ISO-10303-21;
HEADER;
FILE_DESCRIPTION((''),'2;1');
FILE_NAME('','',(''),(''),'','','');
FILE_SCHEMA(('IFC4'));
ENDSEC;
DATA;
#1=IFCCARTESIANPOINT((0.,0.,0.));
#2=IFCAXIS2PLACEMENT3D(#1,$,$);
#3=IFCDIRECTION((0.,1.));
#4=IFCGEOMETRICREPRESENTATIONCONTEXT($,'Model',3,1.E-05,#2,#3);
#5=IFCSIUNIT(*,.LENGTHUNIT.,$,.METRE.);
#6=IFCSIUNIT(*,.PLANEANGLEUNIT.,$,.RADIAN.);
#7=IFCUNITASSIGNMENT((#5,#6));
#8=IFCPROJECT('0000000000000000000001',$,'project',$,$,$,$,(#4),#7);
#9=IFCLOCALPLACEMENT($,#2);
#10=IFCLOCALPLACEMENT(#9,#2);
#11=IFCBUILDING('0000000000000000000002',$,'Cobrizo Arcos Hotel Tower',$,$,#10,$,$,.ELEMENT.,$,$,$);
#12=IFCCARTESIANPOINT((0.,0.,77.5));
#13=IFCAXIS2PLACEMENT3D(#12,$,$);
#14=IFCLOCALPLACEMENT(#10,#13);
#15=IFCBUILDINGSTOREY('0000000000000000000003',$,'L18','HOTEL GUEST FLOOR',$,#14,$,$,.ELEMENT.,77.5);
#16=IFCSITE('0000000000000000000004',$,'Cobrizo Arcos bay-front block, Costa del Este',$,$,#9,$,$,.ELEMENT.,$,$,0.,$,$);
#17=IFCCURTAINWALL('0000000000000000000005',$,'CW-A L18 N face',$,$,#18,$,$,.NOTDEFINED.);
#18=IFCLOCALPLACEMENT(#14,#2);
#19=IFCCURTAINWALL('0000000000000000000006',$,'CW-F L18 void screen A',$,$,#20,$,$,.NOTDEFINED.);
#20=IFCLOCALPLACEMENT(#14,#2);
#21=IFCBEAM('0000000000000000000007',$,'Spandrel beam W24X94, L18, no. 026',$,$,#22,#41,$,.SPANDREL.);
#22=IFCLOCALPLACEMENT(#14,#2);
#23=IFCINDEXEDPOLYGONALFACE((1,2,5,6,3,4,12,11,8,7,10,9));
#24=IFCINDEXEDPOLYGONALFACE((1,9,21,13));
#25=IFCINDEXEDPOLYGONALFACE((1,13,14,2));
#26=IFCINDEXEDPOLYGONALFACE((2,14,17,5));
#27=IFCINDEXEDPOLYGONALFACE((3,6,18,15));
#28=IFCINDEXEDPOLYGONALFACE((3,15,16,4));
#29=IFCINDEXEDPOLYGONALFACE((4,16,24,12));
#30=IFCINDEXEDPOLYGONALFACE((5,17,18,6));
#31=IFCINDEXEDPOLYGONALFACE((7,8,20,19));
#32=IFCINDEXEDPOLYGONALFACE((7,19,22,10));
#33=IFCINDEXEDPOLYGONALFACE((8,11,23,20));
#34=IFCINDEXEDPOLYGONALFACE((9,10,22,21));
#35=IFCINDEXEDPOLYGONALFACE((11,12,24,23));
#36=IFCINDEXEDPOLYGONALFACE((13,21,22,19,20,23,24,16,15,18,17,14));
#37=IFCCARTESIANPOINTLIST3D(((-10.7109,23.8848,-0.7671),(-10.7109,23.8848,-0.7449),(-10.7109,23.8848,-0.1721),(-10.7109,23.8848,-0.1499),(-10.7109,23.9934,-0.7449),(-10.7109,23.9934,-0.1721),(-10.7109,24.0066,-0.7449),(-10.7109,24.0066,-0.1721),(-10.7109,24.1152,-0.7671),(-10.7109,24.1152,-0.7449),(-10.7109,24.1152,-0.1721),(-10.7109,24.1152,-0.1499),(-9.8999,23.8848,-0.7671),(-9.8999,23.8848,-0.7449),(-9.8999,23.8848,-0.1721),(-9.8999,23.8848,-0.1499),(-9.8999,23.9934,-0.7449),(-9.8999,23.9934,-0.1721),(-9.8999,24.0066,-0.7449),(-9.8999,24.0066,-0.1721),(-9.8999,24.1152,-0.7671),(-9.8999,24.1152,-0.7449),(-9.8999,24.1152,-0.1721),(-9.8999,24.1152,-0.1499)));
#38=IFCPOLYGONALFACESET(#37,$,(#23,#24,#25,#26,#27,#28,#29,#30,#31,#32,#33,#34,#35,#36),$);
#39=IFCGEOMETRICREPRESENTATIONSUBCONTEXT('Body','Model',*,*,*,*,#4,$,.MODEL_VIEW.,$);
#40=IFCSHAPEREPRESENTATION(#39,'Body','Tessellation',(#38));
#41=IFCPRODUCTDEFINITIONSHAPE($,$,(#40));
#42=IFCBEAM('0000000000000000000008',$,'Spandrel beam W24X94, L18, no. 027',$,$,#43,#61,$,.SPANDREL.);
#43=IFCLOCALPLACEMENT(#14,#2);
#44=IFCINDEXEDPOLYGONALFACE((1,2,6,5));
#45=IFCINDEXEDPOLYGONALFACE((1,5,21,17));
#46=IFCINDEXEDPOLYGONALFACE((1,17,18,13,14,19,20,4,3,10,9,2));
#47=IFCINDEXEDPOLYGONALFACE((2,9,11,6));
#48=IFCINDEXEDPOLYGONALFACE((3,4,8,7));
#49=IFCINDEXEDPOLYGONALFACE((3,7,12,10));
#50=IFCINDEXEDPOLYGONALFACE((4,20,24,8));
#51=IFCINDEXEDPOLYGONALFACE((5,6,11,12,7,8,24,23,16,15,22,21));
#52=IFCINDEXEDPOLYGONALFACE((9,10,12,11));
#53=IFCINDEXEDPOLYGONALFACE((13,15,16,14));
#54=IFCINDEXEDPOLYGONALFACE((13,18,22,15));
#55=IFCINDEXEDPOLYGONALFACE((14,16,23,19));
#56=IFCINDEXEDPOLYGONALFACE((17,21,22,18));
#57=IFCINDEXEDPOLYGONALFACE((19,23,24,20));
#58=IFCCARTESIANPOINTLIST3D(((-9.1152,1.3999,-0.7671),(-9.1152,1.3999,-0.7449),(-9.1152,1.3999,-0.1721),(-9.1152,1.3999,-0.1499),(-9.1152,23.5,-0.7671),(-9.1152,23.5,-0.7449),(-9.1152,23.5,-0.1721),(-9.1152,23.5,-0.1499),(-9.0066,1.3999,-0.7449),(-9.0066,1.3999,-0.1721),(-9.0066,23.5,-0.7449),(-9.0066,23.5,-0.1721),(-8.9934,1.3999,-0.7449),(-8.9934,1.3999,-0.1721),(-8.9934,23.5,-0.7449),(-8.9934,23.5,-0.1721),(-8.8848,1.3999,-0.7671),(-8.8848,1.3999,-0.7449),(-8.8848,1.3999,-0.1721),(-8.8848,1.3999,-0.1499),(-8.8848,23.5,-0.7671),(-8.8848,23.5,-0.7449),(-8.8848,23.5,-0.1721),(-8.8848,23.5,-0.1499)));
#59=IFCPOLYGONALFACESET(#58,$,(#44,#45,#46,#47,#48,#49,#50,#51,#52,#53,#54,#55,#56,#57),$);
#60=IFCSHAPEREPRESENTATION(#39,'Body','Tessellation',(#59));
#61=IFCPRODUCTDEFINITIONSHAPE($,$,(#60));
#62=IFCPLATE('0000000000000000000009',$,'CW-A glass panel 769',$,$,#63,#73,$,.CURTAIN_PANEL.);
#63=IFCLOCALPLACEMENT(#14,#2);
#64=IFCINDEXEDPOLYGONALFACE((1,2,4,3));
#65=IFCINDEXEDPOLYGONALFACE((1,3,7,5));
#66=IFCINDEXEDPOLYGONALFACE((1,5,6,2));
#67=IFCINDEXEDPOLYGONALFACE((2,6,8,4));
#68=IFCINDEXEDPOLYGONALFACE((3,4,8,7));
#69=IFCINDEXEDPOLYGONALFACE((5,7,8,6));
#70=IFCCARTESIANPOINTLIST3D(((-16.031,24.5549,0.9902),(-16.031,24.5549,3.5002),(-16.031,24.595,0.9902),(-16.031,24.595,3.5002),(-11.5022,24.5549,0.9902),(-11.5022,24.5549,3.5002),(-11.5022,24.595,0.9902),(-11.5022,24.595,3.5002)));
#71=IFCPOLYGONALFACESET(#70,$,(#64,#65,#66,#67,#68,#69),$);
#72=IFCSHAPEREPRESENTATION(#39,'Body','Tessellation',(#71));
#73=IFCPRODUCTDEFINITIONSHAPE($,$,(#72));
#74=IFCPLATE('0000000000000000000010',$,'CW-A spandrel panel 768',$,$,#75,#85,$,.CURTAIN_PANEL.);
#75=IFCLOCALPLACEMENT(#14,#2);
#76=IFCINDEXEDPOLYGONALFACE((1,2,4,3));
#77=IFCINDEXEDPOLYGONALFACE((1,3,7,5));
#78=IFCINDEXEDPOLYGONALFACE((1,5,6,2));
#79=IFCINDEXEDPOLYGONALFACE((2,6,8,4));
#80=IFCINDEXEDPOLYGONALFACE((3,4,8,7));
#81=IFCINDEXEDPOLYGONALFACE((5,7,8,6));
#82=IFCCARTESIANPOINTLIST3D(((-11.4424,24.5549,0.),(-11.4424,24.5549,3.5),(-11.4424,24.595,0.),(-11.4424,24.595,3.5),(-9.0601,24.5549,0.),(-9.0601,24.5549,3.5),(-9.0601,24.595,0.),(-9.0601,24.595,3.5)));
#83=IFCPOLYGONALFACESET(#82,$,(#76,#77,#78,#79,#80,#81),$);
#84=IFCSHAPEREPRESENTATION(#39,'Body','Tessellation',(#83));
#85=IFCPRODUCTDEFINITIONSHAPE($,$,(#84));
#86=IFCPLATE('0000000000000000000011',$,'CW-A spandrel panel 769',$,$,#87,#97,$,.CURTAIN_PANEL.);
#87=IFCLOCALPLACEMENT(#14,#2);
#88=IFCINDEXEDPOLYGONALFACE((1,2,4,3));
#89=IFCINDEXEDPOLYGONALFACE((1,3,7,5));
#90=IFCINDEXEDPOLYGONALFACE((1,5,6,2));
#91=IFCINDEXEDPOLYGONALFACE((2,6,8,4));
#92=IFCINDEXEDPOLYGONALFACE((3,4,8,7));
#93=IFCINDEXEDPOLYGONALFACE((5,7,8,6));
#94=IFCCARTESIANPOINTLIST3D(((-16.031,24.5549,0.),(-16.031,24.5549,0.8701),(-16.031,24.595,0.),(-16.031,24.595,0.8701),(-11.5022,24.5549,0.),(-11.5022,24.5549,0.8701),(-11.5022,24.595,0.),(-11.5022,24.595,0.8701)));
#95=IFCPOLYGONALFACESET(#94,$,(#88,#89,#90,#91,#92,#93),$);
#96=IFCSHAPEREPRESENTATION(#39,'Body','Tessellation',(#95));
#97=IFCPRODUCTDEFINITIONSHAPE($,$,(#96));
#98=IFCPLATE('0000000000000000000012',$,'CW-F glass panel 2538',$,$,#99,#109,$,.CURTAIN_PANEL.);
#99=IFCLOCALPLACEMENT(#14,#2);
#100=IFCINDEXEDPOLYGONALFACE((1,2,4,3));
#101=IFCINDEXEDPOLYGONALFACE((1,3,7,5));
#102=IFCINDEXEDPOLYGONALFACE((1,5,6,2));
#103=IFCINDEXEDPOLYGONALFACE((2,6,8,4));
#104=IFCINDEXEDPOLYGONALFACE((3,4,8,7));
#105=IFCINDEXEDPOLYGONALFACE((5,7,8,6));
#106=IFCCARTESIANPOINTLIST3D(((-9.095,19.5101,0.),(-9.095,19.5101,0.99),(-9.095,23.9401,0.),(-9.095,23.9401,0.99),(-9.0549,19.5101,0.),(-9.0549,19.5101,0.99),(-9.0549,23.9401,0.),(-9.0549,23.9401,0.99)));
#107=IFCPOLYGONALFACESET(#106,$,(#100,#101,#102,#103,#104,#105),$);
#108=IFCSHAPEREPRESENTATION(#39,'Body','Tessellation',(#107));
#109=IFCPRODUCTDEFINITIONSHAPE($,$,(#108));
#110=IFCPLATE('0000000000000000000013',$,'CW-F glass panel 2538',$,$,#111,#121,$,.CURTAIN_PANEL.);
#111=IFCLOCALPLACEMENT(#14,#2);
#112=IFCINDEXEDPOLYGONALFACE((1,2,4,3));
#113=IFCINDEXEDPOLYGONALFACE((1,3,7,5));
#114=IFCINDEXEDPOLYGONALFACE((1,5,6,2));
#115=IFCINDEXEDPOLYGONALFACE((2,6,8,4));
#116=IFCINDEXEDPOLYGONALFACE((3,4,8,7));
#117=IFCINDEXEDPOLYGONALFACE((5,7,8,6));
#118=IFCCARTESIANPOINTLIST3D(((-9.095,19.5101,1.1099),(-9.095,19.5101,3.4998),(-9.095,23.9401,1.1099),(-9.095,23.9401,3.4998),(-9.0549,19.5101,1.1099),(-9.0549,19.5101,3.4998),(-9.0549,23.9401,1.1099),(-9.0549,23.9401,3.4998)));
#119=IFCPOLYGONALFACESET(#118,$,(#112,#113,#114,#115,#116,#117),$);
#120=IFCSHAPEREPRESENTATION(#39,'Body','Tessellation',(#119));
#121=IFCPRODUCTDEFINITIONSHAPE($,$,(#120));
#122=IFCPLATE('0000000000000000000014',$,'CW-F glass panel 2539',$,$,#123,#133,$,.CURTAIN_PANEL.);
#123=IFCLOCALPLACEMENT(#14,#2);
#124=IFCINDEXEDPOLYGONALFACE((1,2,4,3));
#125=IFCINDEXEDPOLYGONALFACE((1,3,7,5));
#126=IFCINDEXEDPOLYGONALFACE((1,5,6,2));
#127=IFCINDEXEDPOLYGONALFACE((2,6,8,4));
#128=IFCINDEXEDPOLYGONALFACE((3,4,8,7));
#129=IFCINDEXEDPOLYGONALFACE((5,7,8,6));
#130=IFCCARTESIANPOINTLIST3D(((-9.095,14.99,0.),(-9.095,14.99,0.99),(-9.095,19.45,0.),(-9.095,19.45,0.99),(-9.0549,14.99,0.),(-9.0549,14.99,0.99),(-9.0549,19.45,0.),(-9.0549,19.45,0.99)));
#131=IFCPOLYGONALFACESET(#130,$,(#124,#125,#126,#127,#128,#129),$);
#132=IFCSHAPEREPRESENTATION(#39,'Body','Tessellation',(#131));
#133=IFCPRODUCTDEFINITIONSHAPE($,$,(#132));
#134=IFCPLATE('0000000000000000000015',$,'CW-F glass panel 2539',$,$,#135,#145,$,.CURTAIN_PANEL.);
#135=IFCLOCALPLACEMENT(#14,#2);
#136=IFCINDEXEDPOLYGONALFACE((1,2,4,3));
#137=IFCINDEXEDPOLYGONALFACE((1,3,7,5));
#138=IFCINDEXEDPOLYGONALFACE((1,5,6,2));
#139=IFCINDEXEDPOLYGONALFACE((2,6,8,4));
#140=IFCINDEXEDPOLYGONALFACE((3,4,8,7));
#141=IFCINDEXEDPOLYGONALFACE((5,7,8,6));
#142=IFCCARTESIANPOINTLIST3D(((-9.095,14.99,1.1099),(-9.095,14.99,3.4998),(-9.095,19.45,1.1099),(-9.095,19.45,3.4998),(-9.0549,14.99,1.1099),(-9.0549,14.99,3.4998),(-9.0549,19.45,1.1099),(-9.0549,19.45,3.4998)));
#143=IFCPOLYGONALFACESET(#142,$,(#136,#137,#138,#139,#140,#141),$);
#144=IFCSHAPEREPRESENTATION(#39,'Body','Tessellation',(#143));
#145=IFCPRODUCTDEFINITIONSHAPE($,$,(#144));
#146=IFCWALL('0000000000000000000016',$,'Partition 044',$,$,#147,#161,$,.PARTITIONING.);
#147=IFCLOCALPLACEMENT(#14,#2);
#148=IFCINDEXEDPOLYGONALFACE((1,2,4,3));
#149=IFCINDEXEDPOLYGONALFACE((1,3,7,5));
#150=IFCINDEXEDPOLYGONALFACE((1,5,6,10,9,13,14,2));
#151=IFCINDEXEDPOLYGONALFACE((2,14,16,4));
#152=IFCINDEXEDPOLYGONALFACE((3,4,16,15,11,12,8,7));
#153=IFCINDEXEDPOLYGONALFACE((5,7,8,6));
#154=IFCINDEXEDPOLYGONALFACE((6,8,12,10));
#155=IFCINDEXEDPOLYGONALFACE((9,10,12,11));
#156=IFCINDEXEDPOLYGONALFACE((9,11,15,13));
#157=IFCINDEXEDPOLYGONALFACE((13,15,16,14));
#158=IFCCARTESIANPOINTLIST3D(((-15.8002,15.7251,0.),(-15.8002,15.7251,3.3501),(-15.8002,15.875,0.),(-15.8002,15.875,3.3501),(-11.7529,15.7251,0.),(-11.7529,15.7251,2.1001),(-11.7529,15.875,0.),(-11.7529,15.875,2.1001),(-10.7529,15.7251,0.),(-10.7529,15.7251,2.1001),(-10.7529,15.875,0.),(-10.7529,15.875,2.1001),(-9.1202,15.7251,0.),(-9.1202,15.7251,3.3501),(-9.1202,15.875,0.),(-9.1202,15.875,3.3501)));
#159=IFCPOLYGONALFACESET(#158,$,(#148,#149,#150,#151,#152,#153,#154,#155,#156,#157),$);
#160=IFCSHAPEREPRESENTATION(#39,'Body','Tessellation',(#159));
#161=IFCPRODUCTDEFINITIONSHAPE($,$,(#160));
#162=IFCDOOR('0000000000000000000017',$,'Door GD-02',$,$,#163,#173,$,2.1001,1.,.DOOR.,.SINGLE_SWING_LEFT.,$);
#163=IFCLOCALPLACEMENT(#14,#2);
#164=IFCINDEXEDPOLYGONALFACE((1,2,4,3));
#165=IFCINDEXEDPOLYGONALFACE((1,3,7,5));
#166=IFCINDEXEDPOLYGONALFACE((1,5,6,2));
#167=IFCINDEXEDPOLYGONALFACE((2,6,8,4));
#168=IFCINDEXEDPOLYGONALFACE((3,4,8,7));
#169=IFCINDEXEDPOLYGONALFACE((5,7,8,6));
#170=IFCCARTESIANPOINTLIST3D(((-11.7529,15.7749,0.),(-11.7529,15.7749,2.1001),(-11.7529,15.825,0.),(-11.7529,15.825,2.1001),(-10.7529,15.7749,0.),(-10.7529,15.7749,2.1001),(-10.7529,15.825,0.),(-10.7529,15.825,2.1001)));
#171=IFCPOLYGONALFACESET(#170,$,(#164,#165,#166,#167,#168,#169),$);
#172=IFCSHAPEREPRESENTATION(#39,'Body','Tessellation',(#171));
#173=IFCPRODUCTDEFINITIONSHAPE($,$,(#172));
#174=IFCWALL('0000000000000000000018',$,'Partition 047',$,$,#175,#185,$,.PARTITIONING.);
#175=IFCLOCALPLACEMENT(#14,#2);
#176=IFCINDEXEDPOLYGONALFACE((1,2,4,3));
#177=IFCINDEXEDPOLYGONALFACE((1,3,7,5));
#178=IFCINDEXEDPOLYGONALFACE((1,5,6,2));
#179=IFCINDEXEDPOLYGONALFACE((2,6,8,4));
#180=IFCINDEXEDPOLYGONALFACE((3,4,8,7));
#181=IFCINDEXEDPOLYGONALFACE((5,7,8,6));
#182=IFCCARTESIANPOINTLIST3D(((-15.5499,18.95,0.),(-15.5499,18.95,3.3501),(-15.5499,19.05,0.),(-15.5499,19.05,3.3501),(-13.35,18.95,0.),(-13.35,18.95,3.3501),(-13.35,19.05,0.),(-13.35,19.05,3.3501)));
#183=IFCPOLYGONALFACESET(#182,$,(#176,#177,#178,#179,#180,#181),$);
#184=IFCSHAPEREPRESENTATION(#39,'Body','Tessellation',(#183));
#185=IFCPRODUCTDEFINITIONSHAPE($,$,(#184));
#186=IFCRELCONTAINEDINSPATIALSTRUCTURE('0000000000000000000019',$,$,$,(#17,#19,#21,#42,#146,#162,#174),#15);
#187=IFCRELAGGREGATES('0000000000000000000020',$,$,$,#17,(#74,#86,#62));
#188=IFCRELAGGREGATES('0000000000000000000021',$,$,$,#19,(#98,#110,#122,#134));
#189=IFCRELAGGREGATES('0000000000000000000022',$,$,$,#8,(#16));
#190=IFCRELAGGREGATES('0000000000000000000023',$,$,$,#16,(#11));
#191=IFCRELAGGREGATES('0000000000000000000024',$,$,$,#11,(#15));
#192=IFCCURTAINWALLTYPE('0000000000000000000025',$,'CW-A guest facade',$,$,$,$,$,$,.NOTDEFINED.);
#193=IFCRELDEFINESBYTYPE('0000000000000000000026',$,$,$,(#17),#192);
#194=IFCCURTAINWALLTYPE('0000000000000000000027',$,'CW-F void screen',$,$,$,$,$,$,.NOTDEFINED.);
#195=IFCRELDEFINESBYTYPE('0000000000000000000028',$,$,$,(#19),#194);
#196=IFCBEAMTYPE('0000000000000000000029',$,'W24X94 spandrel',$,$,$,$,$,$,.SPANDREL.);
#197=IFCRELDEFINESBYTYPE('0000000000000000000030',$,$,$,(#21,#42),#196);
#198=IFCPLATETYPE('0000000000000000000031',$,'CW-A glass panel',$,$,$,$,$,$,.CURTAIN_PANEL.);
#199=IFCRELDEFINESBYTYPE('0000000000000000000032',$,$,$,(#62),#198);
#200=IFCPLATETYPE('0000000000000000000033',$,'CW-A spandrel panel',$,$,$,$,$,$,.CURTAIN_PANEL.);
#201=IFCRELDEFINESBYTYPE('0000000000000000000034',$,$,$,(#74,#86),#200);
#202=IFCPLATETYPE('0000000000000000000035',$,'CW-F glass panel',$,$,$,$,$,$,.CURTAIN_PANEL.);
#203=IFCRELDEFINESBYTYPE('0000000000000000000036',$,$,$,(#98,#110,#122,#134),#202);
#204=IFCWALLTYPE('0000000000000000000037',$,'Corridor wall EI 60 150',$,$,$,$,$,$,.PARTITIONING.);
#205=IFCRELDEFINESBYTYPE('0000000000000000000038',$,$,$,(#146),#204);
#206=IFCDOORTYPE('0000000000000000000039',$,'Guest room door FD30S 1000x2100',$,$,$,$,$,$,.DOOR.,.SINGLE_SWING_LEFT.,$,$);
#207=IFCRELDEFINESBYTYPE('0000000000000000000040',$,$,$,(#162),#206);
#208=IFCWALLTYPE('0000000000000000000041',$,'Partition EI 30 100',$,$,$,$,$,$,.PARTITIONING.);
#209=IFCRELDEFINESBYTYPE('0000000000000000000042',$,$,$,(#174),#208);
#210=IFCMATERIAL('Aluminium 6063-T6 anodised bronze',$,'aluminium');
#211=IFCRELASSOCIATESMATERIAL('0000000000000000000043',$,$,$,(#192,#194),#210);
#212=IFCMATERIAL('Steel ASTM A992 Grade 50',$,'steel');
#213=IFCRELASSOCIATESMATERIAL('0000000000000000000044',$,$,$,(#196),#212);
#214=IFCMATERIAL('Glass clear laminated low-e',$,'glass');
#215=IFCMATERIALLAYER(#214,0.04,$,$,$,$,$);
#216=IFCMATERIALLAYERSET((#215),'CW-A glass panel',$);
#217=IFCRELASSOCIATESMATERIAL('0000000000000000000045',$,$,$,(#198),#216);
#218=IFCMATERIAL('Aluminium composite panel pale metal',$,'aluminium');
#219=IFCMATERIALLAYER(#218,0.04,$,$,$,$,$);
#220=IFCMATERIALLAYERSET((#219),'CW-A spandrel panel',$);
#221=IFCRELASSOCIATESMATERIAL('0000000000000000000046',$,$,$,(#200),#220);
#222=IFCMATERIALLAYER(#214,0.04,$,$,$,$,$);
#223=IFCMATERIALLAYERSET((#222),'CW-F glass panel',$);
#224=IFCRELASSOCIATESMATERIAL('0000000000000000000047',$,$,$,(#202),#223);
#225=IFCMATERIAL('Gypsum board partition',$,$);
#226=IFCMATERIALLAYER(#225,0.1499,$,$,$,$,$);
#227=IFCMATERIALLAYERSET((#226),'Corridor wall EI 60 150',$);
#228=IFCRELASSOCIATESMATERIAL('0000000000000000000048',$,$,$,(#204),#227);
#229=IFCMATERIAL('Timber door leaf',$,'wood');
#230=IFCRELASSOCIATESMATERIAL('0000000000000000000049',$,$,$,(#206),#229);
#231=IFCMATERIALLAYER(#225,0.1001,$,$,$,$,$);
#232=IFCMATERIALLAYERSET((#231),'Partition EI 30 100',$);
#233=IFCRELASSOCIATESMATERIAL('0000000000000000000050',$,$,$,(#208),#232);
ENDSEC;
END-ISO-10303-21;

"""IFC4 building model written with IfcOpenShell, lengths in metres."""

from ifc_helpers import new_model, si_unit, direction, frame, frame_2d, origin, origin_2d, place, context, subcontext, project, spatial, rectangle, i_section, extrude, material, layer, layer_set, material_profile, profile_set, type_object, element, fill, aggregate, save


model = new_model("IFC4")

# Units and contexts
model_context = context("Model", 3, precision=1e-05, world=origin(), true_north=direction((0.0, 1.0)))
body_context = subcontext(model_context, "Body", "Model", "MODEL_VIEW")
ifc_project = project(units=[si_unit("LENGTHUNIT", "METRE"), si_unit("PLANEANGLEUNIT", "RADIAN")], contexts=[model_context])

# Site, building, storey
site_placement = place(None, origin())
site = spatial("IfcSite", under=ifc_project, at=site_placement, Name="Cobrizo Arcos bay-front block, Costa del Este", CompositionType="ELEMENT", RefElevation=0.0)
building_placement = place(site_placement, origin())
building = spatial("IfcBuilding", under=site, at=building_placement, Name="Cobrizo Arcos Hotel Tower", CompositionType="ELEMENT")
storey_placement = place(building_placement, frame((0.0, 0.0, 77.5)))
storey = spatial("IfcBuildingStorey", under=building, at=storey_placement, Name="L18", Description="HOTEL GUEST FLOOR", CompositionType="ELEMENT", Elevation=77.5)

# Curtain walls
ifc_material_1 = material(Name="Aluminium 6063-T6 anodised bronze", Category="aluminium")
curtain_wall_type_1 = type_object("IfcCurtainWallType", Name="CW-A guest facade", PredefinedType="NOTDEFINED", material=ifc_material_1)
curtain_wall_1_placement = place(storey_placement, origin())
curtain_wall_1 = element("IfcCurtainWall", 1, at=curtain_wall_1_placement, inside=storey, type_object=curtain_wall_type_1, Name="CW-A L18 N face", PredefinedType="NOTDEFINED")
curtain_wall_type_2 = type_object("IfcCurtainWallType", Name="CW-F void screen", PredefinedType="NOTDEFINED", material=ifc_material_1)
curtain_wall_2_placement = place(storey_placement, origin())
curtain_wall_2 = element("IfcCurtainWall", 2, at=curtain_wall_2_placement, inside=storey, type_object=curtain_wall_type_2, Name="CW-F L18 void screen A", PredefinedType="NOTDEFINED")

# Beams
ifc_material_2 = material(Name="Steel ASTM A992 Grade 50", Category="steel")
ifc_material_profile_1 = material_profile(ifc_material_2, i_section(OverallWidth=0.2305, OverallDepth=0.6172, WebThickness=0.0132, FlangeThickness=0.0222, at=origin_2d()), Name="W24X94")
ifc_profile_set_1 = profile_set([ifc_material_profile_1], Name="Steel ASTM A992 Grade 50")
beam_type = type_object("IfcBeamType", Name="W24X94 spandrel", PredefinedType="SPANDREL", material=ifc_profile_set_1)
beam_1_placement = place(storey_placement, frame((-10.7109, 24.0, -0.4585), z_axis=(1.0, 0.0, 0.0), x_axis=(0.0, 1.0, 0.0)))
element("IfcBeam", 3, at=beam_1_placement, inside=storey, type_object=beam_type, Name="Spandrel beam W24X94, L18, no. 026", PredefinedType="SPANDREL", context=body_context, shape_type="SweptSolid", body=[
    extrude(i_section(OverallWidth=0.2305, OverallDepth=0.6172, WebThickness=0.0132, FlangeThickness=0.0222, at=origin_2d()), origin(), (0.0, 0.0, 1.0), 0.811),
])
beam_2_placement = place(storey_placement, frame((-9.0, 23.5, -0.4585), z_axis=(0.0, -1.0, 0.0), x_axis=(1.0, 0.0, 0.0)))
element("IfcBeam", 4, at=beam_2_placement, inside=storey, type_object=beam_type, Name="Spandrel beam W24X94, L18, no. 027", PredefinedType="SPANDREL", context=body_context, shape_type="SweptSolid", body=[
    extrude(i_section(OverallWidth=0.2305, OverallDepth=0.6172, WebThickness=0.0132, FlangeThickness=0.0222, at=origin_2d()), origin(), (0.0, 0.0, 1.0), 22.1001),
])

# Plates
ifc_material_3 = material(Name="Glass clear laminated low-e", Category="glass")
ifc_layer_1 = layer(ifc_material_3, 0.04)
ifc_layer_set_1 = layer_set([ifc_layer_1], Name="CW-A glass panel")
plate_type_1 = type_object("IfcPlateType", Name="CW-A glass panel", PredefinedType="CURTAIN_PANEL", material=ifc_layer_set_1)
plate_1_placement = place(storey_placement, frame((-13.7666, 24.575, 0.9902), z_axis=(0.0, 0.0, 1.0), x_axis=(-1.0, 0.0, 0.0)))
plate_1 = element("IfcPlate", 5, at=plate_1_placement, type_object=plate_type_1, Name="CW-A glass panel 769", PredefinedType="CURTAIN_PANEL", context=body_context, shape_type="SweptSolid", body=[
    extrude(rectangle(XDim=4.5288, YDim=0.04, at=origin_2d()), origin(), (0.0, 0.0, 1.0), 2.51),
])
ifc_material_4 = material(Name="Aluminium composite panel pale metal", Category="aluminium")
ifc_layer_2 = layer(ifc_material_4, 0.04)
ifc_layer_set_2 = layer_set([ifc_layer_2], Name="CW-A spandrel panel")
plate_type_2 = type_object("IfcPlateType", Name="CW-A spandrel panel", PredefinedType="CURTAIN_PANEL", material=ifc_layer_set_2)
plate_2_placement = place(storey_placement, frame((-10.2512, 24.575, 0.0), z_axis=(0.0, 0.0, 1.0), x_axis=(-1.0, 0.0, 0.0)))
plate_2 = element("IfcPlate", 6, at=plate_2_placement, type_object=plate_type_2, Name="CW-A spandrel panel 768", PredefinedType="CURTAIN_PANEL", context=body_context, shape_type="SweptSolid", body=[
    extrude(rectangle(XDim=2.3823, YDim=0.04, at=origin_2d()), origin(), (0.0, 0.0, 1.0), 3.5),
])
plate_3_placement = place(storey_placement, frame((-13.7666, 24.575, 0.0), z_axis=(0.0, 0.0, 1.0), x_axis=(-1.0, 0.0, 0.0)))
plate_3 = element("IfcPlate", 7, at=plate_3_placement, type_object=plate_type_2, Name="CW-A spandrel panel 769", PredefinedType="CURTAIN_PANEL", context=body_context, shape_type="SweptSolid", body=[
    extrude(rectangle(XDim=4.5288, YDim=0.04, at=origin_2d()), origin(), (0.0, 0.0, 1.0), 0.8701),
])
aggregate(curtain_wall_1, [plate_2, plate_3, plate_1])
ifc_layer_3 = layer(ifc_material_3, 0.04)
ifc_layer_set_3 = layer_set([ifc_layer_3], Name="CW-F glass panel")
plate_type_3 = type_object("IfcPlateType", Name="CW-F glass panel", PredefinedType="CURTAIN_PANEL", material=ifc_layer_set_3)
plate_4_placement = place(storey_placement, frame((-9.075, 21.7251, 0.0), z_axis=(0.0, 0.0, 1.0), x_axis=(0.0, -1.0, 0.0)))
plate_4 = element("IfcPlate", 8, at=plate_4_placement, type_object=plate_type_3, Name="CW-F glass panel 2538", PredefinedType="CURTAIN_PANEL", context=body_context, shape_type="SweptSolid", body=[
    extrude(rectangle(XDim=4.4299, YDim=0.04, at=origin_2d()), origin(), (0.0, 0.0, 1.0), 0.99),
])
plate_5_placement = place(storey_placement, frame((-9.075, 21.7251, 1.1099), z_axis=(0.0, 0.0, 1.0), x_axis=(0.0, -1.0, 0.0)))
plate_5 = element("IfcPlate", 9, at=plate_5_placement, type_object=plate_type_3, Name="CW-F glass panel 2538", PredefinedType="CURTAIN_PANEL", context=body_context, shape_type="SweptSolid", body=[
    extrude(rectangle(XDim=4.4299, YDim=0.04, at=origin_2d()), origin(), (0.0, 0.0, 1.0), 2.3899),
])
plate_6_placement = place(storey_placement, frame((-9.075, 17.22, 0.0), z_axis=(0.0, 0.0, 1.0), x_axis=(0.0, -1.0, 0.0)))
plate_6 = element("IfcPlate", 10, at=plate_6_placement, type_object=plate_type_3, Name="CW-F glass panel 2539", PredefinedType="CURTAIN_PANEL", context=body_context, shape_type="SweptSolid", body=[
    extrude(rectangle(XDim=4.46, YDim=0.04, at=origin_2d()), origin(), (0.0, 0.0, 1.0), 0.99),
])
plate_7_placement = place(storey_placement, frame((-9.075, 17.22, 1.1099), z_axis=(0.0, 0.0, 1.0), x_axis=(0.0, -1.0, 0.0)))
plate_7 = element("IfcPlate", 11, at=plate_7_placement, type_object=plate_type_3, Name="CW-F glass panel 2539", PredefinedType="CURTAIN_PANEL", context=body_context, shape_type="SweptSolid", body=[
    extrude(rectangle(XDim=4.46, YDim=0.04, at=origin_2d()), origin(), (0.0, 0.0, 1.0), 2.3899),
])
aggregate(curtain_wall_2, [plate_4, plate_5, plate_6, plate_7])

# Wall, opening, door
ifc_material_5 = material(Name="Gypsum board partition")
ifc_layer_4 = layer(ifc_material_5, 0.1499)
ifc_layer_set_4 = layer_set([ifc_layer_4], Name="Corridor wall EI 60 150")
wall_type_1 = type_object("IfcWallType", Name="Corridor wall EI 60 150", PredefinedType="PARTITIONING", material=ifc_layer_set_4)
wall_1_placement = place(storey_placement, frame((-15.8, 15.8, 0.0), z_axis=(0.0, 0.0, 1.0), x_axis=(1.0, 0.0, 0.0)))
wall_1 = element("IfcWall", 12, at=wall_1_placement, inside=storey, type_object=wall_type_1, Name="Partition 044", PredefinedType="PARTITIONING", context=body_context, shape_type="SweptSolid", body=[
    extrude(rectangle(XDim=6.6799, YDim=0.1499, at=frame_2d((3.3398, 0.0))), origin(), (0.0, 0.0, 1.0), 3.3501),
])
opening_1_placement = place(wall_1_placement, frame((4.0471, 0.0, 0.0)))
opening_1 = element("IfcOpeningElement", 13, at=opening_1_placement, cuts=wall_1, PredefinedType="OPENING", context=body_context, shape_type="SweptSolid", body=[
    extrude(rectangle(XDim=1.0, YDim=2.1001, at=frame_2d((0.5, 1.05))), frame((0.0, 0.0869, 0.0), z_axis=(0.0, -1.0, 0.0), x_axis=(1.0, 0.0, 0.0)), (0.0, 0.0, 1.0), 0.1738),
])
ifc_material_6 = material(Name="Timber door leaf", Category="wood")
door_type_1 = type_object("IfcDoorType", Name="Guest room door FD30S 1000x2100", OperationType="SINGLE_SWING_LEFT", PredefinedType="DOOR", material=ifc_material_6)
door_1_placement = place(opening_1_placement, origin())
door_1 = element("IfcDoor", 14, at=door_1_placement, inside=storey, type_object=door_type_1, Name="Door GD-02", OperationType="SINGLE_SWING_LEFT", OverallHeight=2.1001, OverallWidth=1.0, PredefinedType="DOOR", context=body_context, shape_type="SweptSolid", body=[
    extrude(rectangle(XDim=1.0, YDim=2.1001, at=frame_2d((0.5, 1.05))), frame((0.0, 0.0249, 0.0), z_axis=(0.0, -1.0, 0.0), x_axis=(1.0, 0.0, 0.0)), (0.0, 0.0, 1.0), 0.05),
])
fill(opening_1, door_1)

# Wall
ifc_layer_5 = layer(ifc_material_5, 0.1001)
ifc_layer_set_5 = layer_set([ifc_layer_5], Name="Partition EI 30 100")
wall_type_2 = type_object("IfcWallType", Name="Partition EI 30 100", PredefinedType="PARTITIONING", material=ifc_layer_set_5)
for number, where, z_axis, x_axis, name in (
    (15, (-15.55, 19.0, 0.0), (0.0, 0.0, 1.0), (1.0, 0.0, 0.0), "Partition 047"),
):
    element("IfcWall", number, at=place(storey_placement, frame(where, z_axis=z_axis, x_axis=x_axis)), inside=storey, type_object=wall_type_2, Name=name, PredefinedType="PARTITIONING", context=body_context, shape_type="SweptSolid", body=[
        extrude(rectangle(XDim=2.2, YDim=0.1001, at=frame_2d((1.1001, 0.0))), origin(), (0.0, 0.0, 1.0), 3.3501),
    ])

save(model, "model.ifc")
